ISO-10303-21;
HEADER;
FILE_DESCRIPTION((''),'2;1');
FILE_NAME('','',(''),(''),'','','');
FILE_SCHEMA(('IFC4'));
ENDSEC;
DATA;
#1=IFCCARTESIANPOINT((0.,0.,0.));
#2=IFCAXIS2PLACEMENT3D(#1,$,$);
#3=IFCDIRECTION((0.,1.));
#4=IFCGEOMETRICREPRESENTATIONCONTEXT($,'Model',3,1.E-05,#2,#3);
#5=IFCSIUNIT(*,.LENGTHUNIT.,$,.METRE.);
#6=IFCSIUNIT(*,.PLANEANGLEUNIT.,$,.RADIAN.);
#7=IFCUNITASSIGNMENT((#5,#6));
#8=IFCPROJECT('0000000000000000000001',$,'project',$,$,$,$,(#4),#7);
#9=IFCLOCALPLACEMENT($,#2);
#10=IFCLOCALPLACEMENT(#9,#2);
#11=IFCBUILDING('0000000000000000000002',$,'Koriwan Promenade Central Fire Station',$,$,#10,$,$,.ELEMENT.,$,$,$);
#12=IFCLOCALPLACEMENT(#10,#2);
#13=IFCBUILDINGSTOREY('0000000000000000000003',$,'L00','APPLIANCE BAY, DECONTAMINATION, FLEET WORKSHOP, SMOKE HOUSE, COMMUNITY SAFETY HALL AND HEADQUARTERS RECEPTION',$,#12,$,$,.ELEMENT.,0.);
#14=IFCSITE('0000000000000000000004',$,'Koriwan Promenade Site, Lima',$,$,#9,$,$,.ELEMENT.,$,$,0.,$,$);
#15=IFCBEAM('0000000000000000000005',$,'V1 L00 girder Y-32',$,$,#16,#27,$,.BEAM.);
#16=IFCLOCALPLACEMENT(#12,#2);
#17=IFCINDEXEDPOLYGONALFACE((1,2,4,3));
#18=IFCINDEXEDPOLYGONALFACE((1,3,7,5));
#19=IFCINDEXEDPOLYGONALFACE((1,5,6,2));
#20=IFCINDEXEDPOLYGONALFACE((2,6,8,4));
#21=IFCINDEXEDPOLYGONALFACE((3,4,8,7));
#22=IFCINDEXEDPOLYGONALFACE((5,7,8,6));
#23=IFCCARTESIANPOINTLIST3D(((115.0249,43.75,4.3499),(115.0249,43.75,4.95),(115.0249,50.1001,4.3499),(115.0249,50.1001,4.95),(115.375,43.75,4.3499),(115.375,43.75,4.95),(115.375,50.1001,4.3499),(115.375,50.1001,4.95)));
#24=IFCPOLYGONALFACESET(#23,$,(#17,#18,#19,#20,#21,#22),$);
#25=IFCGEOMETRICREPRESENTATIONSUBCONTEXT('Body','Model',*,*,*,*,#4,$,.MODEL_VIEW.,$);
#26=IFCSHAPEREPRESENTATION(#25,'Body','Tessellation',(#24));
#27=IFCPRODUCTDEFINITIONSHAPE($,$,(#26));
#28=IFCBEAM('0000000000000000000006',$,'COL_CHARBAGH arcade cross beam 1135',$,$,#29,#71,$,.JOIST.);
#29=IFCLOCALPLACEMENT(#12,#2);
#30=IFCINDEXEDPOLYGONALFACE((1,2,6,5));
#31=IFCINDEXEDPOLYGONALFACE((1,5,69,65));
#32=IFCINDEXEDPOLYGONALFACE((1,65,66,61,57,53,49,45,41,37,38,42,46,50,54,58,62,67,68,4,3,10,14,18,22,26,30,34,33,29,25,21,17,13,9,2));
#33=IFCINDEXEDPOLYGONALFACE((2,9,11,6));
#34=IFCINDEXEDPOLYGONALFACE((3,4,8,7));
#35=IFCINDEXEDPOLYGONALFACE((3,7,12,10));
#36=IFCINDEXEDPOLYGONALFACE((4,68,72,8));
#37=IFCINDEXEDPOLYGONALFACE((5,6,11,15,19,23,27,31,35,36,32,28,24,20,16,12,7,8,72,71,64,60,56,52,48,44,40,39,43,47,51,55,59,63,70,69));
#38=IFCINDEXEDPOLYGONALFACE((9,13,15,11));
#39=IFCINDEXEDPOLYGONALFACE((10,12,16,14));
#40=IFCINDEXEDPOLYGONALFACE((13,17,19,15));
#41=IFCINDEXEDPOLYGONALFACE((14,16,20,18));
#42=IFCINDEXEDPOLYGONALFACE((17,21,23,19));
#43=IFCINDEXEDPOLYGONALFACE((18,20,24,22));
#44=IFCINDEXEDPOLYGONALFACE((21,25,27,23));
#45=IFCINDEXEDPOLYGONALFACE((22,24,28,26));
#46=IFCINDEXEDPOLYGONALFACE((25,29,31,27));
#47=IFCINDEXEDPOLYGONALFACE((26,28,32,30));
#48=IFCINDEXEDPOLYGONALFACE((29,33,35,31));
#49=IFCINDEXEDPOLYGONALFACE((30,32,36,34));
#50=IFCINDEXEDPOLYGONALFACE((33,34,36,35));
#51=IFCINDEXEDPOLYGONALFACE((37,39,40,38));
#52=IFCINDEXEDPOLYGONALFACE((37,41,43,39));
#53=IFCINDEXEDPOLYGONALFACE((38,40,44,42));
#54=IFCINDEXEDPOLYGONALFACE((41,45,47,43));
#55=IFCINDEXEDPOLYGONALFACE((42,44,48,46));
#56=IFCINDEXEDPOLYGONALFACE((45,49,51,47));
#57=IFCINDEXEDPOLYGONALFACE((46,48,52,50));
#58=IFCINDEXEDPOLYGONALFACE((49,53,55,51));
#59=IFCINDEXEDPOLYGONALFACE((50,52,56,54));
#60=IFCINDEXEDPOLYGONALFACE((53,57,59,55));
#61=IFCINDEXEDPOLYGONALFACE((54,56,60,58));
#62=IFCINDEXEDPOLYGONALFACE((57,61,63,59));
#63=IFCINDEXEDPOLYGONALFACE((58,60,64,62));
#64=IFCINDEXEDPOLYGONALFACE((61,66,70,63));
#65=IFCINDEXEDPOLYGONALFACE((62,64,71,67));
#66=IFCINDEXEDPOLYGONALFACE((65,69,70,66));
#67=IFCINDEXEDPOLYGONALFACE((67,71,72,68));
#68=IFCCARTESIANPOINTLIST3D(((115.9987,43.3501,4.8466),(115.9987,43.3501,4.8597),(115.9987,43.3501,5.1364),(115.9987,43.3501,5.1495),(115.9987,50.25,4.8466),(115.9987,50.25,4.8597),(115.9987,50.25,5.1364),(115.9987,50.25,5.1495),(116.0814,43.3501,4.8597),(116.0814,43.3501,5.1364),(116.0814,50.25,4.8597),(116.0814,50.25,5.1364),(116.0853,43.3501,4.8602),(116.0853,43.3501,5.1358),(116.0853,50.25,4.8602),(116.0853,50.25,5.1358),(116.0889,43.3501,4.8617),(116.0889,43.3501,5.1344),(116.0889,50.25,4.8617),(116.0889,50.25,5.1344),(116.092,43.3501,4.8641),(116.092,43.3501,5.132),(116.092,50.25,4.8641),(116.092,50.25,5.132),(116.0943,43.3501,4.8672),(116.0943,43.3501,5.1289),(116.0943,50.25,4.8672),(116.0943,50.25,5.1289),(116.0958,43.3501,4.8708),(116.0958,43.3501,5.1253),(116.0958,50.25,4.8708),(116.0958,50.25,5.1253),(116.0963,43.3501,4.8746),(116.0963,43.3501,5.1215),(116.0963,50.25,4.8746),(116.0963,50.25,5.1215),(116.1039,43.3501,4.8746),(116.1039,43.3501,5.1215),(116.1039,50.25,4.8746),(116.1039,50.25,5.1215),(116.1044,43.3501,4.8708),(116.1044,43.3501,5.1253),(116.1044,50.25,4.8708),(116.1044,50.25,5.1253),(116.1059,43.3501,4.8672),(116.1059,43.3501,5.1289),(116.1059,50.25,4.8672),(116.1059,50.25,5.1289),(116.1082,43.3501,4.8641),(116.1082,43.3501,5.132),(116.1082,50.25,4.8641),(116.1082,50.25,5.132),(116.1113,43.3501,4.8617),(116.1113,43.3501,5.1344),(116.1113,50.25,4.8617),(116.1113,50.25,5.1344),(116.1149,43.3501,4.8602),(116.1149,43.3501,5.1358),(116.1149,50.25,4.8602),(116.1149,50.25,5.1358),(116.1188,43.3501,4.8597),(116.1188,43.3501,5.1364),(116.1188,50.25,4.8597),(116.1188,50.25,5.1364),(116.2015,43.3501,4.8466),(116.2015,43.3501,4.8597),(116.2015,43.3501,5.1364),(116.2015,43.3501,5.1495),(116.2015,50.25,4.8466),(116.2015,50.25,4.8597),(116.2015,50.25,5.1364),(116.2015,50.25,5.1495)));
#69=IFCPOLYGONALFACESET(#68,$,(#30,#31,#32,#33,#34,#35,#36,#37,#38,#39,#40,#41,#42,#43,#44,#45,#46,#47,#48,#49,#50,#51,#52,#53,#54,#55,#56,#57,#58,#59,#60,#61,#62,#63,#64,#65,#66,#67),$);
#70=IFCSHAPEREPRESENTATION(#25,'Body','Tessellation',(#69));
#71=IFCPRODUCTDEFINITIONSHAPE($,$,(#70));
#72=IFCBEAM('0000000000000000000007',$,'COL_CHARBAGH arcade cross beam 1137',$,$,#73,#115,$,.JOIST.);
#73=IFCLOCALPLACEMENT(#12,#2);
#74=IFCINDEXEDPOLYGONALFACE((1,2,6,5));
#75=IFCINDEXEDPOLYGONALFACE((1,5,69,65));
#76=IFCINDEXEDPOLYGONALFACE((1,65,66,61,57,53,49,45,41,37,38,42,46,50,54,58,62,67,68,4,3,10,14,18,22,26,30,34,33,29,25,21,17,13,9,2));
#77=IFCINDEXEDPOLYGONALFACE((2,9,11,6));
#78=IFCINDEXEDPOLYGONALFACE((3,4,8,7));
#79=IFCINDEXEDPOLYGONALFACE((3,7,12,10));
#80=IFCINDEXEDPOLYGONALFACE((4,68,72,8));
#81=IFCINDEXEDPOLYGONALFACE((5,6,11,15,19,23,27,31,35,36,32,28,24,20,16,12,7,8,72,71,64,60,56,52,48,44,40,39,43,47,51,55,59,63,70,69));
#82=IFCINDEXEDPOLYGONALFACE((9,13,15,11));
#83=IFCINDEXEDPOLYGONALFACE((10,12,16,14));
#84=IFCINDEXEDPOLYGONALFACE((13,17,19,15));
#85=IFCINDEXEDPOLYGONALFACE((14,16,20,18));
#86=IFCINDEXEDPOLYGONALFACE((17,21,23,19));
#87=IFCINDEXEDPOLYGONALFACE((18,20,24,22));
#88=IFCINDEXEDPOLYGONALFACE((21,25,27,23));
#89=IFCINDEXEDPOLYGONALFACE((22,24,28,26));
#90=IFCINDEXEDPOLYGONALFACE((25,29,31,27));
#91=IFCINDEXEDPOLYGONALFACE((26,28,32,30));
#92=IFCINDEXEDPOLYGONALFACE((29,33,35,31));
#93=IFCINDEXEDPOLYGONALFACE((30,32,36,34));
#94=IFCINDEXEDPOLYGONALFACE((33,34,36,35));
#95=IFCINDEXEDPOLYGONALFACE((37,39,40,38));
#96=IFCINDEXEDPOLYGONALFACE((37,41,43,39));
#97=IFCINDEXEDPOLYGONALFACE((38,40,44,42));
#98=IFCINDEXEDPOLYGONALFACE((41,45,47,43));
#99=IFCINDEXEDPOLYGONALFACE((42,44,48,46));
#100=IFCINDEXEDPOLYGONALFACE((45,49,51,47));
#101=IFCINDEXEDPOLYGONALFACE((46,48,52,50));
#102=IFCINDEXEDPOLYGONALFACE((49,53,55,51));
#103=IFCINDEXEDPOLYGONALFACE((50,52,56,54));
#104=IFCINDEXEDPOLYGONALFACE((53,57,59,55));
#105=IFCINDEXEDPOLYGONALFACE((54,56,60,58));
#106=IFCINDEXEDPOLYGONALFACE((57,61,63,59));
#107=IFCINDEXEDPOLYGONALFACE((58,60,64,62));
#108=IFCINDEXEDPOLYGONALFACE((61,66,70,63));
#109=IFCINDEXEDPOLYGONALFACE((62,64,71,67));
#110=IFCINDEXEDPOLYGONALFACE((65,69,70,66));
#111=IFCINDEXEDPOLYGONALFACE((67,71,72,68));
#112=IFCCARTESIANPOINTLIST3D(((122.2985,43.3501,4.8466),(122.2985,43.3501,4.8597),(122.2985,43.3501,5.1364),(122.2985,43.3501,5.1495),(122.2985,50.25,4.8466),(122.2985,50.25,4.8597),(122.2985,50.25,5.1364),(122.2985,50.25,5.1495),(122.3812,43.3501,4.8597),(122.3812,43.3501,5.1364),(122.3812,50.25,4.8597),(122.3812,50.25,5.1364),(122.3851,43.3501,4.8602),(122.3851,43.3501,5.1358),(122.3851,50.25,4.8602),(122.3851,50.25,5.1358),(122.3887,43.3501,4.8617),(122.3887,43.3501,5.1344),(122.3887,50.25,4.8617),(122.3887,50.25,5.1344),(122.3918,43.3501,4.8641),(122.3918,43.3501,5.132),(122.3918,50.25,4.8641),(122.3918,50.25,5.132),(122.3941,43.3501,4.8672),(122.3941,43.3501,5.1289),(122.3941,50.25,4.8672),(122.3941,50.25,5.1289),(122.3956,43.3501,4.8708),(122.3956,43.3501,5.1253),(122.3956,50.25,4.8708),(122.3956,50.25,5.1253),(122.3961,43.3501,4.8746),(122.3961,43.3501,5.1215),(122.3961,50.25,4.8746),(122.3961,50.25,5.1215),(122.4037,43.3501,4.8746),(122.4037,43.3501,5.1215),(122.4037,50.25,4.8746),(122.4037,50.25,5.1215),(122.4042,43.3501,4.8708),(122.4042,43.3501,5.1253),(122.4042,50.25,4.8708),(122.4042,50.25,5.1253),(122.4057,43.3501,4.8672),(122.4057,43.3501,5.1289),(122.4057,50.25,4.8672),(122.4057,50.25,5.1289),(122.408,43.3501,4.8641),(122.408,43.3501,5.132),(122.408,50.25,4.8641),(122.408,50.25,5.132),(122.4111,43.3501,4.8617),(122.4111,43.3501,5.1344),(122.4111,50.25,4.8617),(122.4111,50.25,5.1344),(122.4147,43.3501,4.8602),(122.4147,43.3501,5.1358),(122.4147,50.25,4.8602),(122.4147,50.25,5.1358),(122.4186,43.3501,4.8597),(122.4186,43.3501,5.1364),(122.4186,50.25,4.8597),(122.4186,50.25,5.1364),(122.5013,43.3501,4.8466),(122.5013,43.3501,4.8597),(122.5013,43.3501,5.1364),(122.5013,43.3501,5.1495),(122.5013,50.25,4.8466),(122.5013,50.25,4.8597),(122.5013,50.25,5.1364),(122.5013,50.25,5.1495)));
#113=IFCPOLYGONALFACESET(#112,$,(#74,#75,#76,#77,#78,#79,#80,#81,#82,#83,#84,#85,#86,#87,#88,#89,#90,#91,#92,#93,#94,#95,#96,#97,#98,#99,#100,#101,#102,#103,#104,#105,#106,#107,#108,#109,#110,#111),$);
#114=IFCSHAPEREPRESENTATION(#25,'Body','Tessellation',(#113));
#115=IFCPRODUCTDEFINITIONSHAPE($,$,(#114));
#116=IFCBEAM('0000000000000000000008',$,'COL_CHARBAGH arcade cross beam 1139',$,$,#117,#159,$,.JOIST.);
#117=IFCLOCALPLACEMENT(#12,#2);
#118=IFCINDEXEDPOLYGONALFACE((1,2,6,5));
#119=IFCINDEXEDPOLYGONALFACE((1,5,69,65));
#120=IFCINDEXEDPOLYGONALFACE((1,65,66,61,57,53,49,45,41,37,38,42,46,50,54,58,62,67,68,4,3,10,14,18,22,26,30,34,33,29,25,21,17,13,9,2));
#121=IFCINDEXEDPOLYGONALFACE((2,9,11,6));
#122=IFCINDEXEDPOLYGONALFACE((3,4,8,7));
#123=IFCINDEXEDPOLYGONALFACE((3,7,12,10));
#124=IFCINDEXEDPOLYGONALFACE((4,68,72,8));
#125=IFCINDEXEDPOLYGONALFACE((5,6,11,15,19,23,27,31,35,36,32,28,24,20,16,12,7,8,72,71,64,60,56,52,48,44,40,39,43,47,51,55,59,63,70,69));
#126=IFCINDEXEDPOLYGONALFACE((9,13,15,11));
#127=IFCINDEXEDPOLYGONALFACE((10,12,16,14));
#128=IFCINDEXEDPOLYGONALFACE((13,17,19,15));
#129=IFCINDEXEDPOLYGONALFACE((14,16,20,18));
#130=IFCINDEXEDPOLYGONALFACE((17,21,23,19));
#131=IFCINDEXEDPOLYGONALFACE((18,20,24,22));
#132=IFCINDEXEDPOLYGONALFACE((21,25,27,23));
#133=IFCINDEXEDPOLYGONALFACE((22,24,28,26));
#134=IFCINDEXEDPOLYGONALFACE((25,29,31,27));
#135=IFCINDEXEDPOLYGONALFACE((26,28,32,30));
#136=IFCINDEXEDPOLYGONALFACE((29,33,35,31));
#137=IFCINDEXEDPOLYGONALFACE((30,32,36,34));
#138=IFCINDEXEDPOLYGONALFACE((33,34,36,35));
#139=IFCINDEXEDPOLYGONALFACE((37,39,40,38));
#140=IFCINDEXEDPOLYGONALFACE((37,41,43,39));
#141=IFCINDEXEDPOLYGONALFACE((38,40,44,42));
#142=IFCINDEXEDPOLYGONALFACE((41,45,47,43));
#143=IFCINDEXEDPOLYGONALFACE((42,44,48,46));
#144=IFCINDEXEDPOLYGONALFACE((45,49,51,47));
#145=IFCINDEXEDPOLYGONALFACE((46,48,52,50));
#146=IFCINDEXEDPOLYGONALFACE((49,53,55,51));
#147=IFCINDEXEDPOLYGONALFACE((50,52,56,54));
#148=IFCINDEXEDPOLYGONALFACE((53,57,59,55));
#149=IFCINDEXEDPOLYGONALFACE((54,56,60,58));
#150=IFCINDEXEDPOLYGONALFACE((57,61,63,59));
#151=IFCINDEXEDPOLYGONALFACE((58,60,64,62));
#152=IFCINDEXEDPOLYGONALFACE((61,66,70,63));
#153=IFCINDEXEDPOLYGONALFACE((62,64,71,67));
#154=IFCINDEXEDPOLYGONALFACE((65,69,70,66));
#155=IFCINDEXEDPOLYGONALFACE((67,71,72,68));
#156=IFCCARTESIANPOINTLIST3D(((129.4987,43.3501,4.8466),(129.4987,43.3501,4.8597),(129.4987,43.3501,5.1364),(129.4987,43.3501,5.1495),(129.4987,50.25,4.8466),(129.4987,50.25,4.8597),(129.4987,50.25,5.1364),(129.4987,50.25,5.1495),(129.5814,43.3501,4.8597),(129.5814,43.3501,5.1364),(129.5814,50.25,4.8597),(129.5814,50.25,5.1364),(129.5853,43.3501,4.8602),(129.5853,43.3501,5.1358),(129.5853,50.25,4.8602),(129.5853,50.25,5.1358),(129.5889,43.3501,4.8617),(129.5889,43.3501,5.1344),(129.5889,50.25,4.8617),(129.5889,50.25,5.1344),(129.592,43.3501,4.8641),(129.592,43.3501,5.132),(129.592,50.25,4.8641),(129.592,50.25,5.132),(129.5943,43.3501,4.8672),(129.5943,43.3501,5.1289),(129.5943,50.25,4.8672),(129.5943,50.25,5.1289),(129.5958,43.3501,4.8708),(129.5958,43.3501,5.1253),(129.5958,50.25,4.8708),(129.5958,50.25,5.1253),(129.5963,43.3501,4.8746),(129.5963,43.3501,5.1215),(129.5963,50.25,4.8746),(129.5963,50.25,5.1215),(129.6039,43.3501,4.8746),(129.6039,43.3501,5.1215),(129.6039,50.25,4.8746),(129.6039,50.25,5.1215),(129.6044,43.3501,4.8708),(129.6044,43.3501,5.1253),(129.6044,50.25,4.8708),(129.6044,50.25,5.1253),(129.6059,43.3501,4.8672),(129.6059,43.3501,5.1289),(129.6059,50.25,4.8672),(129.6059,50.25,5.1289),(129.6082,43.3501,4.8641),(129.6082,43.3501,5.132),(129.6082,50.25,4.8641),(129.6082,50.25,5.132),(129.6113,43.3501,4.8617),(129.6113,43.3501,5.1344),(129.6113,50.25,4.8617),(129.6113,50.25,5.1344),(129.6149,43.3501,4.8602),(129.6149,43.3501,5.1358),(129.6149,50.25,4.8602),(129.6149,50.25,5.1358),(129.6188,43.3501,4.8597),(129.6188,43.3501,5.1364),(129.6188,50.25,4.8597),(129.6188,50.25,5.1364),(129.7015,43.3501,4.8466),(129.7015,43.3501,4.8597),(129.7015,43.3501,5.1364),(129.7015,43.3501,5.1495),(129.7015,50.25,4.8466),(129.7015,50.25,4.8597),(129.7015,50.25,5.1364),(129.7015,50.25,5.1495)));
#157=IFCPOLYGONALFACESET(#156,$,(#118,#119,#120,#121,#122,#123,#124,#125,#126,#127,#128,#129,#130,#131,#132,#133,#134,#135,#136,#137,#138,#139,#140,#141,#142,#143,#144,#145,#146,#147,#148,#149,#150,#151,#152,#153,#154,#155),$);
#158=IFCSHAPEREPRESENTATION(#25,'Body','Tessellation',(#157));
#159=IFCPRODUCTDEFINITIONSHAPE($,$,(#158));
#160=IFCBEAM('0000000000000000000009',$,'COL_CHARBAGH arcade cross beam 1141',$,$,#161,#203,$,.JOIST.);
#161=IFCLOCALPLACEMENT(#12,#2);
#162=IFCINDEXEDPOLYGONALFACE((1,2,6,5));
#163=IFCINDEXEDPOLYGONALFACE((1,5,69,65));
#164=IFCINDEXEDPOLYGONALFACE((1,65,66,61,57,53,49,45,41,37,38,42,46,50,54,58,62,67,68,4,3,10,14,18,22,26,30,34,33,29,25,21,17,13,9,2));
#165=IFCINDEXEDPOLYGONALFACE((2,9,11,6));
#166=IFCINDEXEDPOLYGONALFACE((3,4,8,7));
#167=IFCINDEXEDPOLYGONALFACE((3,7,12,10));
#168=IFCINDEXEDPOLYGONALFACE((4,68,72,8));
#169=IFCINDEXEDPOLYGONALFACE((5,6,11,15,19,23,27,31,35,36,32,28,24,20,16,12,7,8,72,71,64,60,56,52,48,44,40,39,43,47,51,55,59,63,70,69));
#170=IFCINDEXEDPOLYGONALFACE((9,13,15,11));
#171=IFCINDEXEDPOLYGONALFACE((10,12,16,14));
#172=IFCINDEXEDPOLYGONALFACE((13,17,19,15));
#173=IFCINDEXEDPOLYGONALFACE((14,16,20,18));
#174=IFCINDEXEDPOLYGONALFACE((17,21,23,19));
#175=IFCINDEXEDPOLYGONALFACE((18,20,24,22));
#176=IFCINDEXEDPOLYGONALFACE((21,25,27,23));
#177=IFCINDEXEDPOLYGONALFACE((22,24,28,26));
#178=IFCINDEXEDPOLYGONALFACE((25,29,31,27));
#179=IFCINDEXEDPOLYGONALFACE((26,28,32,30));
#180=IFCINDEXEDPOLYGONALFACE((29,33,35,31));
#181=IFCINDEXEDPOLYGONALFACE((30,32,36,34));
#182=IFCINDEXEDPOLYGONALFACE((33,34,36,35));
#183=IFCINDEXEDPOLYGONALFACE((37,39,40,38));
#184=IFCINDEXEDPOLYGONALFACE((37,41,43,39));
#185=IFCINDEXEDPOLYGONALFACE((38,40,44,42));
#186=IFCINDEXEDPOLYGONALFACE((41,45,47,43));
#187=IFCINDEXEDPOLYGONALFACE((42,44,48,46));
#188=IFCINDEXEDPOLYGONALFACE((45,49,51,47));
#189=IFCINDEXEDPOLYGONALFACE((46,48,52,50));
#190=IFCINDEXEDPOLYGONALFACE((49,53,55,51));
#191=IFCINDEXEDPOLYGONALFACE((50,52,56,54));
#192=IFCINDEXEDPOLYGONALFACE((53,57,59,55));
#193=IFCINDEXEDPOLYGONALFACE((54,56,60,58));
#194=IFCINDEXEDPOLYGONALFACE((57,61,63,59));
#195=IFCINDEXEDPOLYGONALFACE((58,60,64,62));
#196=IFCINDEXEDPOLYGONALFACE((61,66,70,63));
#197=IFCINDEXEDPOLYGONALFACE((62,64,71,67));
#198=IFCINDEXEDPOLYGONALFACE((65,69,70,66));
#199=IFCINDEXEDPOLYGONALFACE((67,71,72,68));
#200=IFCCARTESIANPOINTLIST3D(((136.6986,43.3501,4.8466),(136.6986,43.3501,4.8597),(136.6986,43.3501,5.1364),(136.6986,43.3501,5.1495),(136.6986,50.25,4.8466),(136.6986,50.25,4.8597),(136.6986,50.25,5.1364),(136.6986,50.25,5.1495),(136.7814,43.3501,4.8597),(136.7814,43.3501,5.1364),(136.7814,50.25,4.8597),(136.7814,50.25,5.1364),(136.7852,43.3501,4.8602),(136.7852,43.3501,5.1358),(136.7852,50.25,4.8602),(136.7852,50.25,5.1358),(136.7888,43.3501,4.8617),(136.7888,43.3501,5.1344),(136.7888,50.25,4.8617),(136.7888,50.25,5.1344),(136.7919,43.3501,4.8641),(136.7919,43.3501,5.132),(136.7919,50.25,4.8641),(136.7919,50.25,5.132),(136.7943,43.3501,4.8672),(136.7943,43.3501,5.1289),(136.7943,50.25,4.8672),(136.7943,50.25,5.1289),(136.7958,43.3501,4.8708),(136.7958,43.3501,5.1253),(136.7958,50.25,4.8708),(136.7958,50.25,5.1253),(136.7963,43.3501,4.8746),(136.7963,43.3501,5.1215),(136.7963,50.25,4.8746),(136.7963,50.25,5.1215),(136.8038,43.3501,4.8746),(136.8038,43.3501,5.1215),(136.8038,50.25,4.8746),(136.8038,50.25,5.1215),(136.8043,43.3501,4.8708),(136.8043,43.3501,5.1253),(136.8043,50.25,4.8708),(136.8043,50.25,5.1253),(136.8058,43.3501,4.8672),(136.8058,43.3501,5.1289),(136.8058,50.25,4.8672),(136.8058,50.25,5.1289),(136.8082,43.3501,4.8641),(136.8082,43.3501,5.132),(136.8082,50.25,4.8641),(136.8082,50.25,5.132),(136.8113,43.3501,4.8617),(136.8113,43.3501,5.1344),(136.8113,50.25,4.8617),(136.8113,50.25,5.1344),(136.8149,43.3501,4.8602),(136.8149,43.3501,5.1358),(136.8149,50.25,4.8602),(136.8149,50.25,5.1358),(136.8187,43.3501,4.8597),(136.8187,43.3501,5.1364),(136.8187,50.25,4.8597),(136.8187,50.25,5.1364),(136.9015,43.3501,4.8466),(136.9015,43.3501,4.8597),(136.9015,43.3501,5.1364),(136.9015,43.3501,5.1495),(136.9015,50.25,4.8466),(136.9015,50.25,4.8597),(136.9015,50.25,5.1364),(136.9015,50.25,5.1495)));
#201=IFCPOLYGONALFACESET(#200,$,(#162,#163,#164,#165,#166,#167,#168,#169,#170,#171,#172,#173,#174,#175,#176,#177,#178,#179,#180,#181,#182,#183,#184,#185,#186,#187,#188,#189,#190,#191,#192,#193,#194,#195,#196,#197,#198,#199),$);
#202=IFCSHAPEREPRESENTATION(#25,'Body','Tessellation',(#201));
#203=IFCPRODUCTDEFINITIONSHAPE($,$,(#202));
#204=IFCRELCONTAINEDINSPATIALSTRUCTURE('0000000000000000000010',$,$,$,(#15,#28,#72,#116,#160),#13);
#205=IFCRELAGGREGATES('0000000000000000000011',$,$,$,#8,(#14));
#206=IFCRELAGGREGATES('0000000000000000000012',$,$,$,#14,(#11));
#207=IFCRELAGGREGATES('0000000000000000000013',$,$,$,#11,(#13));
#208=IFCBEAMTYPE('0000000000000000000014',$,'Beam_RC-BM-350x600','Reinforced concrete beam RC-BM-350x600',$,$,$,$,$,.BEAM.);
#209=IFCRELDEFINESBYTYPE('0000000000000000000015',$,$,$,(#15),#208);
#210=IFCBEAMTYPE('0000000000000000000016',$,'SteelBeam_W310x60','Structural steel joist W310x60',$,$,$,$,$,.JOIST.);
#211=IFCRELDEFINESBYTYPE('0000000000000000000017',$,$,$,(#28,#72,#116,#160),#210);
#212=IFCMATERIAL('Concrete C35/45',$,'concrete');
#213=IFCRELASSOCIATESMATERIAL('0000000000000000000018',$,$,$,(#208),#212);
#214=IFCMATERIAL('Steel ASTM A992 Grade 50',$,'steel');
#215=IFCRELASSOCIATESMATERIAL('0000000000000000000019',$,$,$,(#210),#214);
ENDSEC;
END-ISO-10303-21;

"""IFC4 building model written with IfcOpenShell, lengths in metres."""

from ifc_helpers import new_model, si_unit, direction, frame, origin, origin_2d, place, context, subcontext, project, spatial, rectangle, i_section, extrude, material, material_profile, profile_set, type_object, element, save


model = new_model("IFC4")

# Units and contexts
model_context = context("Model", 3, precision=1e-05, world=origin(), true_north=direction((0.0, 1.0)))
body_context = subcontext(model_context, "Body", "Model", "MODEL_VIEW")
ifc_project = project(units=[si_unit("LENGTHUNIT", "METRE"), si_unit("PLANEANGLEUNIT", "RADIAN")], contexts=[model_context])

# Site, building, storey
site_placement = place(None, origin())
site = spatial("IfcSite", under=ifc_project, at=site_placement, Name="Koriwan Promenade Site, Lima", CompositionType="ELEMENT", RefElevation=0.0)
building_placement = place(site_placement, origin())
building = spatial("IfcBuilding", under=site, at=building_placement, Name="Koriwan Promenade Central Fire Station", CompositionType="ELEMENT")
storey_placement = place(building_placement, origin())
storey = spatial("IfcBuildingStorey", under=building, at=storey_placement, Name="L00", Description="APPLIANCE BAY, DECONTAMINATION, FLEET WORKSHOP, SMOKE HOUSE, COMMUNITY SAFETY HALL AND HEADQUARTERS RECEPTION", CompositionType="ELEMENT", Elevation=0.0)

# Shared definitions
ifc_material_1 = material(Name="Concrete C35/45", Category="concrete")

# Beams
ifc_material_profile_1 = material_profile(ifc_material_1, rectangle(XDim=0.3501, YDim=0.6001, at=origin_2d()), Name="RC-BM-350x600")
ifc_profile_set_1 = profile_set([ifc_material_profile_1], Name="Concrete C35/45")
beam_type_1 = type_object("IfcBeamType", Name="Beam_RC-BM-350x600", Description="Reinforced concrete beam RC-BM-350x600", PredefinedType="BEAM", material=ifc_profile_set_1)
beam_1_placement = place(storey_placement, frame((115.2, 43.75, 4.6499), z_axis=(0.0, 1.0, 0.0), x_axis=(-1.0, 0.0, 0.0)))
element("IfcBeam", 1, at=beam_1_placement, inside=storey, type_object=beam_type_1, Name="V1 L00 girder Y-32", PredefinedType="BEAM", context=body_context, shape_type="SweptSolid", body=[
    extrude(rectangle(XDim=0.3501, YDim=0.6001, at=origin_2d()), origin(), (0.0, 0.0, 1.0), 6.3501),
])
ifc_material_2 = material(Name="Steel ASTM A992 Grade 50", Category="steel")
ifc_material_profile_2 = material_profile(ifc_material_2, i_section(OverallWidth=0.2029, OverallDepth=0.303, WebThickness=0.0076, FlangeThickness=0.0132, FilletRadius=0.0149, at=origin_2d()), Name="W310x60")
ifc_profile_set_2 = profile_set([ifc_material_profile_2], Name="Steel ASTM A992 Grade 50")
beam_type_2 = type_object("IfcBeamType", Name="SteelBeam_W310x60", Description="Structural steel joist W310x60", PredefinedType="JOIST", material=ifc_profile_set_2)
for number, where, z_axis, x_axis, name in (
    (2, (116.1001, 43.3501, 4.998), (0.0, 1.0, 0.0), (-1.0, 0.0, 0.0), "COL_CHARBAGH arcade cross beam 1135"),
    (3, (122.3999, 43.3501, 4.998), (0.0, 1.0, 0.0), (-1.0, 0.0, 0.0), "COL_CHARBAGH arcade cross beam 1137"),
    (4, (129.6001, 43.3501, 4.998), (0.0, 1.0, 0.0), (-1.0, 0.0, 0.0), "COL_CHARBAGH arcade cross beam 1139"),
    (5, (136.8, 43.3501, 4.998), (0.0, 1.0, 0.0), (-1.0, 0.0, 0.0), "COL_CHARBAGH arcade cross beam 1141"),
):
    element("IfcBeam", number, at=place(storey_placement, frame(where, z_axis=z_axis, x_axis=x_axis)), inside=storey, type_object=beam_type_2, Name=name, PredefinedType="JOIST", context=body_context, shape_type="SweptSolid", body=[
        extrude(i_section(OverallWidth=0.2029, OverallDepth=0.303, WebThickness=0.0076, FlangeThickness=0.0132, FilletRadius=0.0149, at=origin_2d()), origin(), (0.0, 0.0, 1.0), 6.8999),
    ])

save(model, "model.ifc")
